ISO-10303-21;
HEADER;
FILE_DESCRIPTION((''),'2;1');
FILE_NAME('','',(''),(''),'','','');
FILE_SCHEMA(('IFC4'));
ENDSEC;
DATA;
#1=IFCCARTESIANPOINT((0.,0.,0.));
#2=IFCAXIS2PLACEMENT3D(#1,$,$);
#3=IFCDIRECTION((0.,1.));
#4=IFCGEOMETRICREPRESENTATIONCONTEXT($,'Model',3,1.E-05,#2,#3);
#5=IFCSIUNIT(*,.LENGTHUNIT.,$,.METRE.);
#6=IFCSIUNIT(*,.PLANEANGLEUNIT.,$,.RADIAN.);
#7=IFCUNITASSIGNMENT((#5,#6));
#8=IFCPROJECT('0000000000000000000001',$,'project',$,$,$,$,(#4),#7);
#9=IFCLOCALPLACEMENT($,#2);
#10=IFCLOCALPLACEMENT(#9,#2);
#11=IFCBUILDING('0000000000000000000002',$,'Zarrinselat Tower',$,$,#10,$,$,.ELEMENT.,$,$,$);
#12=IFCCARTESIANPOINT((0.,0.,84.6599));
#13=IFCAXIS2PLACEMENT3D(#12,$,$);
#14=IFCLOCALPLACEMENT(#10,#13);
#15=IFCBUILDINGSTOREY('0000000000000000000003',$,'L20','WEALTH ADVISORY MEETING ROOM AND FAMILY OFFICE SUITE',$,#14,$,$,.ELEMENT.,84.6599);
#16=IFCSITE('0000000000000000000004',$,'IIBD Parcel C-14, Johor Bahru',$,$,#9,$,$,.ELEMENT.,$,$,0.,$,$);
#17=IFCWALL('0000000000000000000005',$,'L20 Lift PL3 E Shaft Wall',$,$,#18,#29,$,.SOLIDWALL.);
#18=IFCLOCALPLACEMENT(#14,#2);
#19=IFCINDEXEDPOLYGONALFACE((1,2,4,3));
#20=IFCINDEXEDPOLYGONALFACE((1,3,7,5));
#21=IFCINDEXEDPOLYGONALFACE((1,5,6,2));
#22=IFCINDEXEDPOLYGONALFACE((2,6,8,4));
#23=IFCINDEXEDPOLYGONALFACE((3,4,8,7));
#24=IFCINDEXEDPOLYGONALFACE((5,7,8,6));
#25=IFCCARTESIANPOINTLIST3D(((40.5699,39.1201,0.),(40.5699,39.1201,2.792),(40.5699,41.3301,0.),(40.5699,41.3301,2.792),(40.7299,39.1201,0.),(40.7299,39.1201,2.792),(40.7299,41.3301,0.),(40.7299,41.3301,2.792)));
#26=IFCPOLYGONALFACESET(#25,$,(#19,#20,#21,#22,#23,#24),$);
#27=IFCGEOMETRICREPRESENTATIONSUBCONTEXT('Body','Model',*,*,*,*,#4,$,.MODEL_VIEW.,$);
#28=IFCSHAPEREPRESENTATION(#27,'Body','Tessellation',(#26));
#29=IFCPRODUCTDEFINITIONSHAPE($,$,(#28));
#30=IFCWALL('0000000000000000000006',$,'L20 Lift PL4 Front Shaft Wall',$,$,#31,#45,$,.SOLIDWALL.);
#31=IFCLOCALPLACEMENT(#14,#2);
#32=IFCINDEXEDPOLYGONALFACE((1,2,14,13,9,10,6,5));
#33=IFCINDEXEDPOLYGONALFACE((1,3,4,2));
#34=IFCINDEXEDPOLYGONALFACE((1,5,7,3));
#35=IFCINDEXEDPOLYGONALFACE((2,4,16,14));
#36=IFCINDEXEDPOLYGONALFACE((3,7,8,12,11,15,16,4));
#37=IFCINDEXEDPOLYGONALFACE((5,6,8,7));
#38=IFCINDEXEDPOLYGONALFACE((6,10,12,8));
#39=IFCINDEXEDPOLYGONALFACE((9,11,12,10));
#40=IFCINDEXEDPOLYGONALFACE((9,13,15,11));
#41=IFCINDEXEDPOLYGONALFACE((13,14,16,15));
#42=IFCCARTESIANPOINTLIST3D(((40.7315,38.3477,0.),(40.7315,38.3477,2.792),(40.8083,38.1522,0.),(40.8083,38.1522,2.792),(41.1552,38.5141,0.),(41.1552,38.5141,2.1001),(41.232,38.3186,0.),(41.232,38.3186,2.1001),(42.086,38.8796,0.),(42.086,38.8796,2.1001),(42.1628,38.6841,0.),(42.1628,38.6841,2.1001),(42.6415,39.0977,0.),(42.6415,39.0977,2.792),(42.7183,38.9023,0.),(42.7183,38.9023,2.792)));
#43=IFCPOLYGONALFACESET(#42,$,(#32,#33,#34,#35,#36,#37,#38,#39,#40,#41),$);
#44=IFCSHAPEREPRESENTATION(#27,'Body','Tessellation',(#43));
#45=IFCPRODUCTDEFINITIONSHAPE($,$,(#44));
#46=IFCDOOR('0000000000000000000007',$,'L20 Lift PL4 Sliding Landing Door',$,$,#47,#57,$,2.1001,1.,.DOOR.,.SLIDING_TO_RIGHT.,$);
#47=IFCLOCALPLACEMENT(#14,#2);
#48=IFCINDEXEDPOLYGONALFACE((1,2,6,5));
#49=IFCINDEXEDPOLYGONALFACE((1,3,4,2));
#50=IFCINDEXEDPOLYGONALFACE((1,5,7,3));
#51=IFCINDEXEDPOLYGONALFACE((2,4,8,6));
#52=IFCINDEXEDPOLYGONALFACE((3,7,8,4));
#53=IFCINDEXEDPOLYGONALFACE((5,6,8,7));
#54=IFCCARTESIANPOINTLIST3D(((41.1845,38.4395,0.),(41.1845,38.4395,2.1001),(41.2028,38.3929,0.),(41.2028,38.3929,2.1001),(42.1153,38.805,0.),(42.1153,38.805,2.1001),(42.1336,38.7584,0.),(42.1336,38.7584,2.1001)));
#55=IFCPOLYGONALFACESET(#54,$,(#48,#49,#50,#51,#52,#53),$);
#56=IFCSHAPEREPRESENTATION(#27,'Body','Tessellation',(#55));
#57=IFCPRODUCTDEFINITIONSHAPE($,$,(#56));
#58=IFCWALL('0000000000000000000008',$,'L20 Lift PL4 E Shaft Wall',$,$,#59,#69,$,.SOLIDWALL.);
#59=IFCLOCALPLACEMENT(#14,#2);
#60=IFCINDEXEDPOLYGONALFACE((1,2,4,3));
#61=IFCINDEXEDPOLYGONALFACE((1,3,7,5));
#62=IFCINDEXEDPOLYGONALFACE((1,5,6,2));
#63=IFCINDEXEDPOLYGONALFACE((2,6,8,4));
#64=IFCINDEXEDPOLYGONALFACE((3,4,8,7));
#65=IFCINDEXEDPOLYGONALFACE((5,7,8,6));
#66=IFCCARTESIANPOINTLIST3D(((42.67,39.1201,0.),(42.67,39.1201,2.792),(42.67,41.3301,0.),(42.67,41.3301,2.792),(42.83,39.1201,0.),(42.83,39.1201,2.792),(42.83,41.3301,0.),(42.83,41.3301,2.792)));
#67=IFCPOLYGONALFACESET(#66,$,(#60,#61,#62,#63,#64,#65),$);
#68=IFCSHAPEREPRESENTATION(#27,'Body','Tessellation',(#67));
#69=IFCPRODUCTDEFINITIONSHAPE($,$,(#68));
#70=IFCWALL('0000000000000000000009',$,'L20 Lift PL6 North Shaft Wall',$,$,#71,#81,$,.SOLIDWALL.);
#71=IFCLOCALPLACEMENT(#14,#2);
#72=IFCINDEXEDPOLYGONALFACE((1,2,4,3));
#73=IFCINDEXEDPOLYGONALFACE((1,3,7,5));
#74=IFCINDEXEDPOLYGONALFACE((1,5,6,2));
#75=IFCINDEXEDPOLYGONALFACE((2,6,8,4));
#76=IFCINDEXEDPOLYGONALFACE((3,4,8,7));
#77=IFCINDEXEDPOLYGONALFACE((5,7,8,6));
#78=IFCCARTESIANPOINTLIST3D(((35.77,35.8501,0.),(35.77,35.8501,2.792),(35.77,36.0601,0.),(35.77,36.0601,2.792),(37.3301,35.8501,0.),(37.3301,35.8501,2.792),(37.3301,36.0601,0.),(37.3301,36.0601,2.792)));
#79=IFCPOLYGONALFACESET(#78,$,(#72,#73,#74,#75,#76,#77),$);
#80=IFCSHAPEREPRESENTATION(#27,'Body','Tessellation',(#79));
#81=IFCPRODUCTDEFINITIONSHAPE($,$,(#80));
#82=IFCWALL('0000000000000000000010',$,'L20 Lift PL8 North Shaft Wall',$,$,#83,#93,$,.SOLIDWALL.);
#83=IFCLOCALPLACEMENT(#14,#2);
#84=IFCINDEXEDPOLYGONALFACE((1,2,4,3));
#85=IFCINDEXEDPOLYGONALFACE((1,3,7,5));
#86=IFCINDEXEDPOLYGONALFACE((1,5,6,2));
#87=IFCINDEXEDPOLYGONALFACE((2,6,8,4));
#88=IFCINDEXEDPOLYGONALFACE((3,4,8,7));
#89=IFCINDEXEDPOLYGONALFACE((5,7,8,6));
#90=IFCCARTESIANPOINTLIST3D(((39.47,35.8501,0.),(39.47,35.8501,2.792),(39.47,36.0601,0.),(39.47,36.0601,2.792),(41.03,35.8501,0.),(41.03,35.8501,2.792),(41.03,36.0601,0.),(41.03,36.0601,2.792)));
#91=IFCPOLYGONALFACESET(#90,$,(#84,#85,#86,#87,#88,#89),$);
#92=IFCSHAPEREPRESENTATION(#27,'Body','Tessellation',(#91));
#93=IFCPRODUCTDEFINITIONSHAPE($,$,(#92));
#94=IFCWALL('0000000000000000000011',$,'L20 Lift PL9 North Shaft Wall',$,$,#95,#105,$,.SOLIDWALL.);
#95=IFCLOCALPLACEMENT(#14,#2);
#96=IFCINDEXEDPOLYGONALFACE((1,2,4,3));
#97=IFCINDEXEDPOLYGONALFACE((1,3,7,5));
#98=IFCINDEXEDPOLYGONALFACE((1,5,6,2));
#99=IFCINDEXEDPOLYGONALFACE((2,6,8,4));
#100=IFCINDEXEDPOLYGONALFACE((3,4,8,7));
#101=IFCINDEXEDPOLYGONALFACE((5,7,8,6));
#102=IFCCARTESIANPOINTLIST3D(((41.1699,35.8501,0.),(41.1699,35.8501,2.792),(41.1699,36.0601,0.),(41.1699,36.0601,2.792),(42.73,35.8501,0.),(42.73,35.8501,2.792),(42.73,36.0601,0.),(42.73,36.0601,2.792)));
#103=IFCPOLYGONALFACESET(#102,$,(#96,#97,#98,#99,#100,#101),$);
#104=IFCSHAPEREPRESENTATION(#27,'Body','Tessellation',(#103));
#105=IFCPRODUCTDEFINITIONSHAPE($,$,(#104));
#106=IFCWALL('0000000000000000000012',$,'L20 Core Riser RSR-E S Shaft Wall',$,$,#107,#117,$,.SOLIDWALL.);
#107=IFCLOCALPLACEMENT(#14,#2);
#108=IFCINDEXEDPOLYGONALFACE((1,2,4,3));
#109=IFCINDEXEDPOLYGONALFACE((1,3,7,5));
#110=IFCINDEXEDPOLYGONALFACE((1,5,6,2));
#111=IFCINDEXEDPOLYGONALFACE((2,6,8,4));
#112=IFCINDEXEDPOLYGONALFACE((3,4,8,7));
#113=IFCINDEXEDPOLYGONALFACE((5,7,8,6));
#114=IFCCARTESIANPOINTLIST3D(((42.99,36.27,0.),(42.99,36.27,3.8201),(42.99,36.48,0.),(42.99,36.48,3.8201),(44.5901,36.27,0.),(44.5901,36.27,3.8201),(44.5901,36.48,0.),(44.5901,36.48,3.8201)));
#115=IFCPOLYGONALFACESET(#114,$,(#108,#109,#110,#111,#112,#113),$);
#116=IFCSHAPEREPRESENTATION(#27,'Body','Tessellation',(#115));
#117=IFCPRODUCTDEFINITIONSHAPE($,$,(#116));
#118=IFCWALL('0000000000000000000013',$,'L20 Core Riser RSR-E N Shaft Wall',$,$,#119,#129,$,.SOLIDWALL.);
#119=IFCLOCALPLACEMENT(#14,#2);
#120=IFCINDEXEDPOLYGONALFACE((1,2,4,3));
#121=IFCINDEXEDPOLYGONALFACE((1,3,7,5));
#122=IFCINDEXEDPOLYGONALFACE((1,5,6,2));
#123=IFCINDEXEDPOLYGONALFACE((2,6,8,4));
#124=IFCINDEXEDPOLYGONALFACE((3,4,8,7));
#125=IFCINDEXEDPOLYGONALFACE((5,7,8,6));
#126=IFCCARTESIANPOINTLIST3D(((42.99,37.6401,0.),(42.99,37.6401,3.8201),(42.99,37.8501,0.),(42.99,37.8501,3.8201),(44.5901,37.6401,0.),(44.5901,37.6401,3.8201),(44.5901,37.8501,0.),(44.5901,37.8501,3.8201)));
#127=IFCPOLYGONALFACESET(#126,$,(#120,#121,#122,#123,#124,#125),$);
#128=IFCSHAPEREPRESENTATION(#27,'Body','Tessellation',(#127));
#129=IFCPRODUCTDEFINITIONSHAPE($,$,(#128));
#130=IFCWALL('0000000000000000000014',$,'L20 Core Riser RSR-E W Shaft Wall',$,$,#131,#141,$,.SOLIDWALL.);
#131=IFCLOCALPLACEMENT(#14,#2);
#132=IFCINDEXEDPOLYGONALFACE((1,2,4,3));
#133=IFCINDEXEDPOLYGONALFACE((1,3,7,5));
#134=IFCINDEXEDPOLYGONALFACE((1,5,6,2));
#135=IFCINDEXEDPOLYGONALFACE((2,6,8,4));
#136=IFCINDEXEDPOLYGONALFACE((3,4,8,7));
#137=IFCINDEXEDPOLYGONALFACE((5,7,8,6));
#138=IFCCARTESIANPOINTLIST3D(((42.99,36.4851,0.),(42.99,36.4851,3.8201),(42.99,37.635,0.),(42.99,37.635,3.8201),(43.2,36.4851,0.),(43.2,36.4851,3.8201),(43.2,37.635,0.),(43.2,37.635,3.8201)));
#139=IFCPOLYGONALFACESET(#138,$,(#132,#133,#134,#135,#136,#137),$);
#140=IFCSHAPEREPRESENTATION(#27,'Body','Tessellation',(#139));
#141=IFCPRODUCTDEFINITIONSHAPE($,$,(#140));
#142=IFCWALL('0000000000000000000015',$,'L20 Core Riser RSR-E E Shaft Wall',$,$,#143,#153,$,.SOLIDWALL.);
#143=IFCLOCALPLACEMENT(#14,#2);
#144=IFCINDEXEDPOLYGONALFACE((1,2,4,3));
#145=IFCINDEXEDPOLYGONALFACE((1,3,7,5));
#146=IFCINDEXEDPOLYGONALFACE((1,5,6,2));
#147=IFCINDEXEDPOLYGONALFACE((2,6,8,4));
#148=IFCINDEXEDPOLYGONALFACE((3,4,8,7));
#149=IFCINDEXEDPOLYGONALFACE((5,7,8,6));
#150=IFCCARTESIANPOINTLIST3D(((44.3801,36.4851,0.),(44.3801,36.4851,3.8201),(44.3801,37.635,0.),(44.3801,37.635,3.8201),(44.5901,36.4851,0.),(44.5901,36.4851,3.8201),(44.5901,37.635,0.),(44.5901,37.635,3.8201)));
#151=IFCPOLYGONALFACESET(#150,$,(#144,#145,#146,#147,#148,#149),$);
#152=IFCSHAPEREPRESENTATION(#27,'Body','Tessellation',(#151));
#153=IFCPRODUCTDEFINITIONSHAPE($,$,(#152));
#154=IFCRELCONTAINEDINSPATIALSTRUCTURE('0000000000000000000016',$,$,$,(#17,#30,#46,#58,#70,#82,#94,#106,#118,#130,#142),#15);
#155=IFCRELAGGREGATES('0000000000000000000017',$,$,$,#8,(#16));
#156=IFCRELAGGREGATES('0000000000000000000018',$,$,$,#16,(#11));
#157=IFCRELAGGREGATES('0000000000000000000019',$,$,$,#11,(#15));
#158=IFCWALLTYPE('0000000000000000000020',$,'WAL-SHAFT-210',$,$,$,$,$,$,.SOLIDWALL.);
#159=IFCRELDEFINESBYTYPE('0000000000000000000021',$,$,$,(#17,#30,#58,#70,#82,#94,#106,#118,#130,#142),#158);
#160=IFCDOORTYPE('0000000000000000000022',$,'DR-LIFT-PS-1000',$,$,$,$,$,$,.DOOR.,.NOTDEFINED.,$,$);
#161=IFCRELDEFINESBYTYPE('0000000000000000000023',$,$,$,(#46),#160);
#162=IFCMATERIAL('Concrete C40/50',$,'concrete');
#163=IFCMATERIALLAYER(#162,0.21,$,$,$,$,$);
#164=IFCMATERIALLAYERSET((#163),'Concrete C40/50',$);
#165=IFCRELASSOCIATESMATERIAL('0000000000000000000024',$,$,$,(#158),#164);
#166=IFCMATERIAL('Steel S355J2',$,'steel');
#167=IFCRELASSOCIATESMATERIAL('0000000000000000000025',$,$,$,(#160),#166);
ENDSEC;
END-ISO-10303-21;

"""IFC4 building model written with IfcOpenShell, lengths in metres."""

from ifc_helpers import new_model, si_unit, direction, frame, frame_2d, origin, place, context, subcontext, project, spatial, rectangle, extrude, material, layer, layer_set, type_object, element, fill, save


model = new_model("IFC4")

# Units and contexts
model_context = context("Model", 3, precision=1e-05, world=origin(), true_north=direction((0.0, 1.0)))
body_context = subcontext(model_context, "Body", "Model", "MODEL_VIEW")
ifc_project = project(units=[si_unit("LENGTHUNIT", "METRE"), si_unit("PLANEANGLEUNIT", "RADIAN")], contexts=[model_context])

# Site, building, storey
site_placement = place(None, origin())
site = spatial("IfcSite", under=ifc_project, at=site_placement, Name="IIBD Parcel C-14, Johor Bahru", CompositionType="ELEMENT", RefElevation=0.0)
building_placement = place(site_placement, origin())
building = spatial("IfcBuilding", under=site, at=building_placement, Name="Zarrinselat Tower", CompositionType="ELEMENT")
storey_placement = place(building_placement, frame((0.0, 0.0, 84.6599)))
storey = spatial("IfcBuildingStorey", under=building, at=storey_placement, Name="L20", Description="WEALTH ADVISORY MEETING ROOM AND FAMILY OFFICE SUITE", CompositionType="ELEMENT", Elevation=84.6599)

# Shared definitions
ifc_material_1 = material(Name="Concrete C40/50", Category="concrete")
ifc_layer_1 = layer(ifc_material_1, 0.21)
ifc_layer_set_1 = layer_set([ifc_layer_1], Name="Concrete C40/50")
wall_type_1 = type_object("IfcWallType", Name="WAL-SHAFT-210", PredefinedType="SOLIDWALL", material=ifc_layer_set_1)

# Shared definitions
ifc_material_2 = material(Name="Steel S355J2", Category="steel")
door_type_1 = type_object("IfcDoorType", Name="DR-LIFT-PS-1000", OperationType="NOTDEFINED", PredefinedType="DOOR", material=ifc_material_2)

# Wall
for number, where, z_axis, x_axis, name in (
    (1, (40.6499, 39.1201, 0.0), (0.0, 0.0, 1.0), (0.0, 1.0, 0.0), "L20 Lift PL3 E Shaft Wall"),
):
    element("IfcWall", number, at=place(storey_placement, frame(where, z_axis=z_axis, x_axis=x_axis)), inside=storey, type_object=wall_type_1, Name=name, PredefinedType="SOLIDWALL", context=body_context, shape_type="SweptSolid", body=[
        extrude(rectangle(XDim=2.21, YDim=0.1599, at=frame_2d((1.105, 0.0))), origin(), (0.0, 0.0, 1.0), 2.792),
    ])

# Wall, opening, door
wall_1_placement = place(storey_placement, frame((40.77, 38.25, 0.0), z_axis=(0.0, 0.0, 1.0), x_axis=(0.930805, 0.365516, 0.0)))
wall_1 = element("IfcWall", 2, at=wall_1_placement, inside=storey, type_object=wall_type_1, Name="L20 Lift PL4 Front Shaft Wall", PredefinedType="SOLIDWALL", context=body_context, shape_type="SweptSolid", body=[
    extrude(rectangle(XDim=2.052, YDim=0.21, at=frame_2d((1.0259, 0.0))), origin(), (0.0, 0.0, 1.0), 2.792),
])
opening_1_placement = place(wall_1_placement, frame((0.4551, 0.0, 0.0)))
opening_1 = element("IfcOpeningElement", 3, at=opening_1_placement, cuts=wall_1, PredefinedType="OPENING", context=body_context, shape_type="SweptSolid", body=[
    extrude(rectangle(XDim=1.0, YDim=2.1001, at=frame_2d((0.5, 1.05))), frame((0.0, 0.115, 0.0), z_axis=(0.0, -1.0, 0.0), x_axis=(1.0, 0.0, 0.0)), (0.0, 0.0, 1.0), 0.23),
])
door_1_placement = place(opening_1_placement, origin())
door_1 = element("IfcDoor", 4, at=door_1_placement, inside=storey, type_object=door_type_1, Name="L20 Lift PL4 Sliding Landing Door", OperationType="SLIDING_TO_RIGHT", OverallHeight=2.1001, OverallWidth=1.0, PredefinedType="DOOR", context=body_context, shape_type="SweptSolid", body=[
    extrude(rectangle(XDim=1.0, YDim=2.1001, at=frame_2d((0.5, 1.05))), frame((0.0, 0.0249, 0.0), z_axis=(0.0, -1.0, 0.0), x_axis=(1.0, 0.0, 0.0)), (0.0, 0.0, 1.0), 0.05),
])
fill(opening_1, door_1)

# Walls
wall_2_placement = place(storey_placement, frame((42.75, 39.1201, 0.0), z_axis=(0.0, 0.0, 1.0), x_axis=(0.0, 1.0, 0.0)))
element("IfcWall", 5, at=wall_2_placement, inside=storey, type_object=wall_type_1, Name="L20 Lift PL4 E Shaft Wall", PredefinedType="SOLIDWALL", context=body_context, shape_type="SweptSolid", body=[
    extrude(rectangle(XDim=2.21, YDim=0.1599, at=frame_2d((1.105, 0.0))), origin(), (0.0, 0.0, 1.0), 2.792),
])
for number, where, z_axis, x_axis, name in (
    (6, (35.77, 35.9551, 0.0), (0.0, 0.0, 1.0), (1.0, 0.0, 0.0), "L20 Lift PL6 North Shaft Wall"),
    (7, (39.47, 35.9551, 0.0), (0.0, 0.0, 1.0), (1.0, 0.0, 0.0), "L20 Lift PL8 North Shaft Wall"),
    (8, (41.1699, 35.9551, 0.0), (0.0, 0.0, 1.0), (1.0, 0.0, 0.0), "L20 Lift PL9 North Shaft Wall"),
):
    element("IfcWall", number, at=place(storey_placement, frame(where, z_axis=z_axis, x_axis=x_axis)), inside=storey, type_object=wall_type_1, Name=name, PredefinedType="SOLIDWALL", context=body_context, shape_type="SweptSolid", body=[
        extrude(rectangle(XDim=1.5601, YDim=0.21, at=frame_2d((0.78, 0.0))), origin(), (0.0, 0.0, 1.0), 2.792),
    ])
for number, where, z_axis, x_axis, name in (
    (9, (42.99, 36.375, 0.0), (0.0, 0.0, 1.0), (1.0, 0.0, 0.0), "L20 Core Riser RSR-E S Shaft Wall"),
    (10, (42.99, 37.7451, 0.0), (0.0, 0.0, 1.0), (1.0, 0.0, 0.0), "L20 Core Riser RSR-E N Shaft Wall"),
):
    element("IfcWall", number, at=place(storey_placement, frame(where, z_axis=z_axis, x_axis=x_axis)), inside=storey, type_object=wall_type_1, Name=name, PredefinedType="SOLIDWALL", context=body_context, shape_type="SweptSolid", body=[
        extrude(rectangle(XDim=1.6001, YDim=0.21, at=frame_2d((0.8, 0.0))), origin(), (0.0, 0.0, 1.0), 3.8201),
    ])
for number, where, z_axis, x_axis, name in (
    (11, (43.095, 36.4851, 0.0), (0.0, 0.0, 1.0), (0.0, 1.0, 0.0), "L20 Core Riser RSR-E W Shaft Wall"),
    (12, (44.4851, 36.4851, 0.0), (0.0, 0.0, 1.0), (0.0, 1.0, 0.0), "L20 Core Riser RSR-E E Shaft Wall"),
):
    element("IfcWall", number, at=place(storey_placement, frame(where, z_axis=z_axis, x_axis=x_axis)), inside=storey, type_object=wall_type_1, Name=name, PredefinedType="SOLIDWALL", context=body_context, shape_type="SweptSolid", body=[
        extrude(rectangle(XDim=1.1499, YDim=0.21, at=frame_2d((0.575, 0.0))), origin(), (0.0, 0.0, 1.0), 3.8201),
    ])

save(model, "model.ifc")
